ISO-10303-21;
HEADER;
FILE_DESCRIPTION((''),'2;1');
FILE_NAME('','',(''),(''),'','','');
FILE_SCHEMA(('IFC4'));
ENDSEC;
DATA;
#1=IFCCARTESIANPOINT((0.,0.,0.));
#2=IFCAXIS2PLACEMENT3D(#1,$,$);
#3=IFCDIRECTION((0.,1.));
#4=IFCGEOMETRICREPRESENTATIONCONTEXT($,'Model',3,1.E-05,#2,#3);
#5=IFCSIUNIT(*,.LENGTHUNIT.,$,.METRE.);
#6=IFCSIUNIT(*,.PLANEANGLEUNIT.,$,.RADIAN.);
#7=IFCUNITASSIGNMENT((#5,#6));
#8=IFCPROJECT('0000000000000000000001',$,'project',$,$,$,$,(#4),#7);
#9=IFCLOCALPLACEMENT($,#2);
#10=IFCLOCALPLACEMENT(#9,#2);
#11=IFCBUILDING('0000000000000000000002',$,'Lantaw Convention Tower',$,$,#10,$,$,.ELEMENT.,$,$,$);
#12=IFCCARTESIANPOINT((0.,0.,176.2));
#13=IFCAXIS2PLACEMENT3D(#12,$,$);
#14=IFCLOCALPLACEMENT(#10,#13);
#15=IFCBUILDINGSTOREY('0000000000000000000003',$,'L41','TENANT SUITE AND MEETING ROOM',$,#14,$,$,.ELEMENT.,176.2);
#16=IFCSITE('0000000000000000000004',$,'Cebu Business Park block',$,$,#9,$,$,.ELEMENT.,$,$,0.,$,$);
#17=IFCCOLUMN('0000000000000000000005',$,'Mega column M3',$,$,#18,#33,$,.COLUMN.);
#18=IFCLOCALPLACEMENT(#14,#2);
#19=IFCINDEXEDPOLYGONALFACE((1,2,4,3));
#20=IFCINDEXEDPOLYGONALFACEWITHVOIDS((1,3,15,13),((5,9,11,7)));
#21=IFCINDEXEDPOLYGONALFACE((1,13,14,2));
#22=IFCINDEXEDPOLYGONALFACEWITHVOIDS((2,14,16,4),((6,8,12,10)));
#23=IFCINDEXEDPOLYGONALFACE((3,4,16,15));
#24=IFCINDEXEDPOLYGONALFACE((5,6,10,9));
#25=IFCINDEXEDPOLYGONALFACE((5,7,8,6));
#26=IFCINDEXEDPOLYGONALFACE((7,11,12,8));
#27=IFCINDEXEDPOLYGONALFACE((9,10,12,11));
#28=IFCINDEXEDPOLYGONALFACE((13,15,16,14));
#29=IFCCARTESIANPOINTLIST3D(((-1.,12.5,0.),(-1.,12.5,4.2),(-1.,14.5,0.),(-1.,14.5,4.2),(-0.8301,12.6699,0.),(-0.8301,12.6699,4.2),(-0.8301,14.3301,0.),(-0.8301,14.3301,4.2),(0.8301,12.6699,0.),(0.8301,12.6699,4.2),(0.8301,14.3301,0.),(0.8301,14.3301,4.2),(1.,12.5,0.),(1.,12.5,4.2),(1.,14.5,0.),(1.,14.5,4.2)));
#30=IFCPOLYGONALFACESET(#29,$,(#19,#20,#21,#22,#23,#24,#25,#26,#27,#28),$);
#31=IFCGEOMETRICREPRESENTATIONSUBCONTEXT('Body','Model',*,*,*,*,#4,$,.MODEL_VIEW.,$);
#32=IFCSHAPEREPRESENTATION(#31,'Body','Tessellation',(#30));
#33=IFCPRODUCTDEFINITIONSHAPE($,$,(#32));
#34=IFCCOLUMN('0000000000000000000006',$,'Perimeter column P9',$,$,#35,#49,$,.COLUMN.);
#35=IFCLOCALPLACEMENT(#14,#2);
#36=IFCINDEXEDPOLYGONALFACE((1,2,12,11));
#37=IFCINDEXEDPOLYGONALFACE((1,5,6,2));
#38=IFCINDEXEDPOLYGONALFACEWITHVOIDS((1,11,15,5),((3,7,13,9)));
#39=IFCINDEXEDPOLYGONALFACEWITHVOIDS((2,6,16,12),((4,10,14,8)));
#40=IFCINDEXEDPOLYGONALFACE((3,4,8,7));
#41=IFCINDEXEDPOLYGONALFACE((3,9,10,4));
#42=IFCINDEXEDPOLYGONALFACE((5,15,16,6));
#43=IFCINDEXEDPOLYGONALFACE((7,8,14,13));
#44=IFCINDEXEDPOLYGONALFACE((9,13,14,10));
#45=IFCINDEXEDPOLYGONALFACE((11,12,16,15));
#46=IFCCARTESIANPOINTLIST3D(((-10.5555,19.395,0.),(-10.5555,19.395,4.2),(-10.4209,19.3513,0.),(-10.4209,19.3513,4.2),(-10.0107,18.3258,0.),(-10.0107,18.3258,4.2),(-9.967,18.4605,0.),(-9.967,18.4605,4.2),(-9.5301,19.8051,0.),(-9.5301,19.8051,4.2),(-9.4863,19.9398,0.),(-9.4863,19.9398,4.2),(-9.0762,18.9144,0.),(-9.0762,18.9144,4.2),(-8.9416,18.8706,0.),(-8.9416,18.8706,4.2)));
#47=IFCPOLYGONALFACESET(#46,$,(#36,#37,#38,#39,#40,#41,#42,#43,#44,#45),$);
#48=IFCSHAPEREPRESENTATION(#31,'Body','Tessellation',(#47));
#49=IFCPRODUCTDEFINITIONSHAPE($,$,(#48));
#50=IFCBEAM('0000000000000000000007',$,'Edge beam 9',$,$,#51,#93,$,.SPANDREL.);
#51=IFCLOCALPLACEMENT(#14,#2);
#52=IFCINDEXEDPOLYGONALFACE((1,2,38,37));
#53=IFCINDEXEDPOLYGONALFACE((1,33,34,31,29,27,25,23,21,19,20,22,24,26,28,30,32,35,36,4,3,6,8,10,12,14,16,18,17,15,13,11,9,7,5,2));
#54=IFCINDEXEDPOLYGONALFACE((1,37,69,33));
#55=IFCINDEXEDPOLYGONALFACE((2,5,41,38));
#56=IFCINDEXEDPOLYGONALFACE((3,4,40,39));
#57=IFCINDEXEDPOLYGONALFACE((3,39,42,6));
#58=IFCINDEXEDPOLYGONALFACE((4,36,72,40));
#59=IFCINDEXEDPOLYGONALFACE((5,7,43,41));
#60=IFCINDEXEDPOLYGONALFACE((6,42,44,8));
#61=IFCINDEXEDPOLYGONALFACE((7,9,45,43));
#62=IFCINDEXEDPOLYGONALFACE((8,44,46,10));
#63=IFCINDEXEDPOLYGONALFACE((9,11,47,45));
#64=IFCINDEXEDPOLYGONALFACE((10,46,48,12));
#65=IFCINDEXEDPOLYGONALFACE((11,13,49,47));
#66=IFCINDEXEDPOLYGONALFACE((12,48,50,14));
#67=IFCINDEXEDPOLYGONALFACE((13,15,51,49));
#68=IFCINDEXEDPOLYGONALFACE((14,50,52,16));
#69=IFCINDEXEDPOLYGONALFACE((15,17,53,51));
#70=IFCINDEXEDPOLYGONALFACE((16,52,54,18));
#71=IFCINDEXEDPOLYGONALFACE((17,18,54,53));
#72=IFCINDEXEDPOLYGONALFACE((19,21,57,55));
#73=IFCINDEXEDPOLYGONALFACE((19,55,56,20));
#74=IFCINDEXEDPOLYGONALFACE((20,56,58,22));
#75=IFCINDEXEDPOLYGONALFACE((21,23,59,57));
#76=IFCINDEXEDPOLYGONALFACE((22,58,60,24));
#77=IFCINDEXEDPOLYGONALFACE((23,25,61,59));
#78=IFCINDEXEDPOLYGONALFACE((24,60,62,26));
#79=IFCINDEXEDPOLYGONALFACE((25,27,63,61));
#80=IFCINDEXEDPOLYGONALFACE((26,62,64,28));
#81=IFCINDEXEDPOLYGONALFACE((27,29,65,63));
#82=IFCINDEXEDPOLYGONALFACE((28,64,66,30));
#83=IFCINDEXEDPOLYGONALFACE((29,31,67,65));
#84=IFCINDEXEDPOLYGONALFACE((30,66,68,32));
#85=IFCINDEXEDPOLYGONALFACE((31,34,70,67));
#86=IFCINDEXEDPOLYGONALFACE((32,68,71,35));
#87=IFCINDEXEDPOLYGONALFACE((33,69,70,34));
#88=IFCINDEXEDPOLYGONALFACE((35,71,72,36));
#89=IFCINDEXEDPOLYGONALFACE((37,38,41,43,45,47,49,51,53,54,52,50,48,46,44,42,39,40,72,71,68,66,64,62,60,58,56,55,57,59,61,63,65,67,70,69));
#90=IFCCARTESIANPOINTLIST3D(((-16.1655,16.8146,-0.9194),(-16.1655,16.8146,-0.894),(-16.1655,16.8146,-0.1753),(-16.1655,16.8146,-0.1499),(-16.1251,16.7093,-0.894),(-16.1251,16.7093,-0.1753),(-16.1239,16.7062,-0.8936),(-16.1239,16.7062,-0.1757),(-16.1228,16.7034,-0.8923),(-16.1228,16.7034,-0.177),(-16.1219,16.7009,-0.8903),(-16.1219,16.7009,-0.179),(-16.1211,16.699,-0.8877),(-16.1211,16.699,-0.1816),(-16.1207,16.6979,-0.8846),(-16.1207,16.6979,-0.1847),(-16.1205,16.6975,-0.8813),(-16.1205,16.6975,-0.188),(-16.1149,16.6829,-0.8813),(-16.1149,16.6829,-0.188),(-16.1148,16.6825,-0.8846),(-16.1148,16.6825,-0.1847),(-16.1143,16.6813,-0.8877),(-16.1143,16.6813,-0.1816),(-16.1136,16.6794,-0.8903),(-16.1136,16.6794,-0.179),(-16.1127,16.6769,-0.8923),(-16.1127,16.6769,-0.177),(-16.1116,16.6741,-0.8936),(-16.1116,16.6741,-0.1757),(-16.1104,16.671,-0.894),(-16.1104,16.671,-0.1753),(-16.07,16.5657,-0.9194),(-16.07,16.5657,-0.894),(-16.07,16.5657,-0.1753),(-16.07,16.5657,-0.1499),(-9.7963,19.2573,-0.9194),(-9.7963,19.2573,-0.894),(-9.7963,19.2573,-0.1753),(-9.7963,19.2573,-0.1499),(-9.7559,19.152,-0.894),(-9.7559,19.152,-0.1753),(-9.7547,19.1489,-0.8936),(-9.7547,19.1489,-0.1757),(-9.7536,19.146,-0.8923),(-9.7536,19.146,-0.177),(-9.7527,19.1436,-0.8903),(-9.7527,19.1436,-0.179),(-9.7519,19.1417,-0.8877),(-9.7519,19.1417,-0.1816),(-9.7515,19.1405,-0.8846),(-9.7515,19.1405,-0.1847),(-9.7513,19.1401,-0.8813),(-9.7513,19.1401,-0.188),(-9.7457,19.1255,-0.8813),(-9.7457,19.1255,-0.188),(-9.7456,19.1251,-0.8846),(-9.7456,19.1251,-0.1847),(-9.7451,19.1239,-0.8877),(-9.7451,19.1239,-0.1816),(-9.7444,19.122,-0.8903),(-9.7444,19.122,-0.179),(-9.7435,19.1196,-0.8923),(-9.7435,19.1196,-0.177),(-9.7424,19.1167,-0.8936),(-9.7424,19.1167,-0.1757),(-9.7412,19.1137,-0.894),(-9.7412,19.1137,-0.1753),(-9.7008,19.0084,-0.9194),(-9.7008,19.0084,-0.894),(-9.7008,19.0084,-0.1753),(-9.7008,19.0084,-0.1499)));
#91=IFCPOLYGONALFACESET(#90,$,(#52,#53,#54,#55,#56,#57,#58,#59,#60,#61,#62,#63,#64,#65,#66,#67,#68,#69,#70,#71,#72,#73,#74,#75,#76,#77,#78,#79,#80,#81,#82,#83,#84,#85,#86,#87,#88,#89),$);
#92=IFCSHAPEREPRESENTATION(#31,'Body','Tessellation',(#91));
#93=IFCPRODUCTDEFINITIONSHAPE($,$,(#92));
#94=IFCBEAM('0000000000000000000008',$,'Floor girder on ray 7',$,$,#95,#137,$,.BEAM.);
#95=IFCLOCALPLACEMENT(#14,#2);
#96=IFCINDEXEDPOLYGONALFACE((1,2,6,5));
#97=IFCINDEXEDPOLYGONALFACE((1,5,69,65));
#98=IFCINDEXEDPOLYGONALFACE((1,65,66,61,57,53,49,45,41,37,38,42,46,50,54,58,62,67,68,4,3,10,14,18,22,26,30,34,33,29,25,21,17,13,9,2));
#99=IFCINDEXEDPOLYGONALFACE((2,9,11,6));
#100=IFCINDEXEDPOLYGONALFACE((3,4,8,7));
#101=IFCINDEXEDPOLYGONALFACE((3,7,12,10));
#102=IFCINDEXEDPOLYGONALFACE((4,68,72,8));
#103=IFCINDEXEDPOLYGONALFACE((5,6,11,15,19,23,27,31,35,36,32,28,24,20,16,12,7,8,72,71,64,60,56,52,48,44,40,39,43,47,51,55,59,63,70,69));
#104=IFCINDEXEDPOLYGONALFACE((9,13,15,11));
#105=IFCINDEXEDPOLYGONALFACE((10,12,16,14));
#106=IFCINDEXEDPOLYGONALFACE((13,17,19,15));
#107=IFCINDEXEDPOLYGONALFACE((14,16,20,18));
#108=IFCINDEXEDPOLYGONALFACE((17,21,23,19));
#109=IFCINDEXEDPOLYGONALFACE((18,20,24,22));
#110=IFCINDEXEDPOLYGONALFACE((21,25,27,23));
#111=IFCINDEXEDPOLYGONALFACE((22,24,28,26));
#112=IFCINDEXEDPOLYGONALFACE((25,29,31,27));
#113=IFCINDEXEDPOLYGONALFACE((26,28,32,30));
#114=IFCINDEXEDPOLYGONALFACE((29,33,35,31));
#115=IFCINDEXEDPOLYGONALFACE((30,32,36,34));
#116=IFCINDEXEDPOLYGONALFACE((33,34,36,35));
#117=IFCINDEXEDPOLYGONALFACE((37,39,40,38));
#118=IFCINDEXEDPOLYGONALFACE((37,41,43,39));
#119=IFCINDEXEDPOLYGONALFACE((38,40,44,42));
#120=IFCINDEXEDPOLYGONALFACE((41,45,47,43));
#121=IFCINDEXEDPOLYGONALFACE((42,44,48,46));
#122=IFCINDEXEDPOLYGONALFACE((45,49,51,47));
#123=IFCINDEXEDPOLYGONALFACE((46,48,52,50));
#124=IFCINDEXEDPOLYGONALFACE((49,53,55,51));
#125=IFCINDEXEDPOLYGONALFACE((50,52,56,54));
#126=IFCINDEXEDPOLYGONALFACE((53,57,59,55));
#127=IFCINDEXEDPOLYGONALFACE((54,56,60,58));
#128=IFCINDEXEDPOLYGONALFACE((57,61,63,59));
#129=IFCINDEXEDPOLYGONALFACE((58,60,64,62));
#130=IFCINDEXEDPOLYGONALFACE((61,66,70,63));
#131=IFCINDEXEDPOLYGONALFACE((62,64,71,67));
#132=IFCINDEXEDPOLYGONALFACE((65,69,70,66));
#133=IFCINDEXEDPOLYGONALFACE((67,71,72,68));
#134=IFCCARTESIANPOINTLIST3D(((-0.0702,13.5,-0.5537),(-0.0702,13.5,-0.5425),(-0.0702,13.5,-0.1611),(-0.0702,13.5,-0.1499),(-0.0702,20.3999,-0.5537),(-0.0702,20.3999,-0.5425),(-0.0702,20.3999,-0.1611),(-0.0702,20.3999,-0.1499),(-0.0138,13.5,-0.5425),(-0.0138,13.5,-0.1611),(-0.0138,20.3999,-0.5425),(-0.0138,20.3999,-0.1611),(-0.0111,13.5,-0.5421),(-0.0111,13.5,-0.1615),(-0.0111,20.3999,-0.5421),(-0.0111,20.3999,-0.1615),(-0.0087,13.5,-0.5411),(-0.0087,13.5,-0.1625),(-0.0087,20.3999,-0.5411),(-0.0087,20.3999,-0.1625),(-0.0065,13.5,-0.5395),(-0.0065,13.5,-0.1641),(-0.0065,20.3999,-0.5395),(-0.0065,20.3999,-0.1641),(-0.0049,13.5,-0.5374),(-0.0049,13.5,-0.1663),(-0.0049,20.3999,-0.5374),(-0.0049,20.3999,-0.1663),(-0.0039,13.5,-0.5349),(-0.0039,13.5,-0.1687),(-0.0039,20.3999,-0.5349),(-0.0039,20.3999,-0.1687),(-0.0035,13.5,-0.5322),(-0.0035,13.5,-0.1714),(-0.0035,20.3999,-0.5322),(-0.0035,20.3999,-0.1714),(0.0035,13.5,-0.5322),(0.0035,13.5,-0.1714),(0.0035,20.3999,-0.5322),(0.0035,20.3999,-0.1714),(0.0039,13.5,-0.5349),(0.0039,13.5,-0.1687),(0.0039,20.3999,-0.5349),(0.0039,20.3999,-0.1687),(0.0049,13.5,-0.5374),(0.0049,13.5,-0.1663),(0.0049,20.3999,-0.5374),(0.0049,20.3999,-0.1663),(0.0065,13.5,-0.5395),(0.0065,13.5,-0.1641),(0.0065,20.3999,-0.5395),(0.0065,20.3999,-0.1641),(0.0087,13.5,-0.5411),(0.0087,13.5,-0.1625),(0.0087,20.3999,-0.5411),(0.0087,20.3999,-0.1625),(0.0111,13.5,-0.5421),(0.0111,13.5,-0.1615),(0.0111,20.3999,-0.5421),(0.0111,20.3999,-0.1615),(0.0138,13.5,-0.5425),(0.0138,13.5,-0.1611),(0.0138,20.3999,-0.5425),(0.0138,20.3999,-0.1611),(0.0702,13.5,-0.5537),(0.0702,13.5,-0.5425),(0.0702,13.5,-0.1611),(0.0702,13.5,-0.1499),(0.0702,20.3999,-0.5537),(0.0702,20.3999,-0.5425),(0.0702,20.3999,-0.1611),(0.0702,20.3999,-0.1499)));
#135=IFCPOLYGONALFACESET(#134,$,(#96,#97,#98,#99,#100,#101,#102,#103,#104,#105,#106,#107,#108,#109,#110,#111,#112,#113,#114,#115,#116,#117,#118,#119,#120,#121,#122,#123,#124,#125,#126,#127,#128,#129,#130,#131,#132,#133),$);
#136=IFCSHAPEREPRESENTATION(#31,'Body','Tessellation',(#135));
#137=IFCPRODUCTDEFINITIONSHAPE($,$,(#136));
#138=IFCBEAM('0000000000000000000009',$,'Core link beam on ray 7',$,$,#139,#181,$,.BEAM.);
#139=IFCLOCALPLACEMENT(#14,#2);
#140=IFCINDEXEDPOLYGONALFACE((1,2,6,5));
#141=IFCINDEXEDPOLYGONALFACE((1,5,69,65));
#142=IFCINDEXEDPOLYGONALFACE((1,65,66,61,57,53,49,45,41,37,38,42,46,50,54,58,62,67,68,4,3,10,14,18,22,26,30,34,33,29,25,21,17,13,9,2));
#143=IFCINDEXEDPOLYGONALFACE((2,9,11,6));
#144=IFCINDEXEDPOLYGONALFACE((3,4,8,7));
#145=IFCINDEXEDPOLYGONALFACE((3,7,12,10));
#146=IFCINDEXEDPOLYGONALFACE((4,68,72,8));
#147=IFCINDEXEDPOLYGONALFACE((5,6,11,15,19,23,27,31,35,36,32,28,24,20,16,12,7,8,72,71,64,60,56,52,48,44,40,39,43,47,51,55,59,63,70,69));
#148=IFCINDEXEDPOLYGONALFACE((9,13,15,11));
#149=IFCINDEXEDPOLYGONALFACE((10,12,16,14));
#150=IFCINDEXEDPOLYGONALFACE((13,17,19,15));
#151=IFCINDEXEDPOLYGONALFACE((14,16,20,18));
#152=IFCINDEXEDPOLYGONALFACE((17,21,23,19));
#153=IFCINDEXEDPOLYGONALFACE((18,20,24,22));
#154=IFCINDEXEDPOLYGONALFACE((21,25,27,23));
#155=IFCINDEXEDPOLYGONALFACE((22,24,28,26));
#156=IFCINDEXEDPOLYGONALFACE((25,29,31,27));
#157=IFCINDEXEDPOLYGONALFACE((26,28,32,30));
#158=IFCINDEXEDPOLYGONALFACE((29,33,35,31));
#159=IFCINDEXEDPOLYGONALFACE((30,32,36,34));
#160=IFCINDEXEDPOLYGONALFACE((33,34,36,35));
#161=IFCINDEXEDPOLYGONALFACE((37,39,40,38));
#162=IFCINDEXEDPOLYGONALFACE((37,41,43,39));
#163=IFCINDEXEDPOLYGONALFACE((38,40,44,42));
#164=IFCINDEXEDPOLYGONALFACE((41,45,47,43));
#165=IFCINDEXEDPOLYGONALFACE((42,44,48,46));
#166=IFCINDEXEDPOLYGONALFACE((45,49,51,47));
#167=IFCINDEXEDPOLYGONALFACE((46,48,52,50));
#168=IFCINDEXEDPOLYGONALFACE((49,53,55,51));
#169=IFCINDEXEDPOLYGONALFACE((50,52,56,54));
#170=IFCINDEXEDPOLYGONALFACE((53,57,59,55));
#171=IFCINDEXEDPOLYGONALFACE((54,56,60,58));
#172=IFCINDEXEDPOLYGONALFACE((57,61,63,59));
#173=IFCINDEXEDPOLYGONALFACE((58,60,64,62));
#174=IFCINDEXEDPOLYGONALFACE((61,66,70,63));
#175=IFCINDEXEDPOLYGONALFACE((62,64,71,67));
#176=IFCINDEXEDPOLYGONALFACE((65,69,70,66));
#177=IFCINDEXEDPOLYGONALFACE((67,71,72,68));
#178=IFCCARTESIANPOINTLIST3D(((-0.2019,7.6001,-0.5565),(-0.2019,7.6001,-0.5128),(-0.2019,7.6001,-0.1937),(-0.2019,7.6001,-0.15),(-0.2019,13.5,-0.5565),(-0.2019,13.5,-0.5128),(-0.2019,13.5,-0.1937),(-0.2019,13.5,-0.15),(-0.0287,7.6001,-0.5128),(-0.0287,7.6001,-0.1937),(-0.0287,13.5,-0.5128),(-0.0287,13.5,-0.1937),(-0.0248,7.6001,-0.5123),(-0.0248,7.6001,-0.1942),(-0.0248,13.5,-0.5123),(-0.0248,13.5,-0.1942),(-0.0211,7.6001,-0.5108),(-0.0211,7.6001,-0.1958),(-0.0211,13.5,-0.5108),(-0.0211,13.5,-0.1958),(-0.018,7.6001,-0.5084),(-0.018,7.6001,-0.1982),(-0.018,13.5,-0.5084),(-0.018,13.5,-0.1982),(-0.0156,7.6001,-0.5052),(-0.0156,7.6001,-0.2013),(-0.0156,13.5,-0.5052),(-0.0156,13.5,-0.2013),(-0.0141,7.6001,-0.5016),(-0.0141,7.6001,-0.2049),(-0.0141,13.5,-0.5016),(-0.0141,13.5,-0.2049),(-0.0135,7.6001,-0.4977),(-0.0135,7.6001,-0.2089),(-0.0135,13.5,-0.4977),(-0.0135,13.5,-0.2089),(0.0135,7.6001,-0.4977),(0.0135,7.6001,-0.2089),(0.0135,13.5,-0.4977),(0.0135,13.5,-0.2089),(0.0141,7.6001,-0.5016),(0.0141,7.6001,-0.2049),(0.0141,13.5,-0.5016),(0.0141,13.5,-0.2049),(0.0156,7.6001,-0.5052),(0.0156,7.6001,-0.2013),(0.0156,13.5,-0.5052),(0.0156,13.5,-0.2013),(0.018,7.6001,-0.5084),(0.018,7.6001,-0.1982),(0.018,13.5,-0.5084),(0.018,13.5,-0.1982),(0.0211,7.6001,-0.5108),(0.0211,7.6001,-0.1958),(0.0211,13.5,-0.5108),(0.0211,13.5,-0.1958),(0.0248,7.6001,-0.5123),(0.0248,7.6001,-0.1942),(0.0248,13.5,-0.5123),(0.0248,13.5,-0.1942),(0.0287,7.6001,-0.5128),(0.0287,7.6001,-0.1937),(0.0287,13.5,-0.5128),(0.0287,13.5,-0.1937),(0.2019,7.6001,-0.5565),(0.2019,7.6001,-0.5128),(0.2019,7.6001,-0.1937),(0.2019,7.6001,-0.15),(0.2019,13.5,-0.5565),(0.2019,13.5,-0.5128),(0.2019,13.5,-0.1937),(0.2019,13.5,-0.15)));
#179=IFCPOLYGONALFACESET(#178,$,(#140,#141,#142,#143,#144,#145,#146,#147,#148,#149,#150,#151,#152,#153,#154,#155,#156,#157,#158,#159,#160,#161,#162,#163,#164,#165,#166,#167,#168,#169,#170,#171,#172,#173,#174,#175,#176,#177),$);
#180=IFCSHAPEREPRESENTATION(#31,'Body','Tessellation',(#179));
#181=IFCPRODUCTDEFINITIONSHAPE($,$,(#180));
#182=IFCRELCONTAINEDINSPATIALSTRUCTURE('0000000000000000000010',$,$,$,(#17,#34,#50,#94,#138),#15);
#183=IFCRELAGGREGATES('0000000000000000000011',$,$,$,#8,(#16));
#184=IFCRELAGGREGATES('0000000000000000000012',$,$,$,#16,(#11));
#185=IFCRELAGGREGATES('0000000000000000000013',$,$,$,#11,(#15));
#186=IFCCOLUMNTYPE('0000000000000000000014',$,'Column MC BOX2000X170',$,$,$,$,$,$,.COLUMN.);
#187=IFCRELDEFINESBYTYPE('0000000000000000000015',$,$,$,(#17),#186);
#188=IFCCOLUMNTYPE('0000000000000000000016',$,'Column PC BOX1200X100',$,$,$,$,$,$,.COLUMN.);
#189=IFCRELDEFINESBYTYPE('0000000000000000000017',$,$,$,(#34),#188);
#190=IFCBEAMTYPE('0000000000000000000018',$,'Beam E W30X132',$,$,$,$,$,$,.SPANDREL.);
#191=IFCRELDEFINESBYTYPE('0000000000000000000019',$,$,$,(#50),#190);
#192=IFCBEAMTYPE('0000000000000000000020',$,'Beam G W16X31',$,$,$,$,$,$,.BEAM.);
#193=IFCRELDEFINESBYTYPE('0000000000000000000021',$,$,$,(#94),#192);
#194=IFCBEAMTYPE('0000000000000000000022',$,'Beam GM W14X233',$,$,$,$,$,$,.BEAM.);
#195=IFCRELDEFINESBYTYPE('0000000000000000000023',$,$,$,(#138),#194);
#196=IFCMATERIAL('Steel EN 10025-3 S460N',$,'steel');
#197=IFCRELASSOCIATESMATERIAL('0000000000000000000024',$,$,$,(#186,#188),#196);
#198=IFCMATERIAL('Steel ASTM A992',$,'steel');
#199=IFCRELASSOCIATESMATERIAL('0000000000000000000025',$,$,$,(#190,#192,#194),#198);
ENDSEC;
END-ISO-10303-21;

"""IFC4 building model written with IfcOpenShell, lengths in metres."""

from ifc_helpers import new_model, si_unit, direction, frame, origin, origin_2d, place, context, subcontext, project, spatial, rectangle, hollow_rectangle, i_section, extrude, material, material_profile, profile_set, type_object, element, save


model = new_model("IFC4")

# Units and contexts
model_context = context("Model", 3, precision=1e-05, world=origin(), true_north=direction((0.0, 1.0)))
body_context = subcontext(model_context, "Body", "Model", "MODEL_VIEW")
ifc_project = project(units=[si_unit("LENGTHUNIT", "METRE"), si_unit("PLANEANGLEUNIT", "RADIAN")], contexts=[model_context])

# Site, building, storey
site_placement = place(None, origin())
site = spatial("IfcSite", under=ifc_project, at=site_placement, Name="Cebu Business Park block", CompositionType="ELEMENT", RefElevation=0.0)
building_placement = place(site_placement, origin())
building = spatial("IfcBuilding", under=site, at=building_placement, Name="Lantaw Convention Tower", CompositionType="ELEMENT")
storey_placement = place(building_placement, frame((0.0, 0.0, 176.2)))
storey = spatial("IfcBuildingStorey", under=building, at=storey_placement, Name="L41", Description="TENANT SUITE AND MEETING ROOM", CompositionType="ELEMENT", Elevation=176.2)

# Columns
ifc_material_1 = material(Name="Steel EN 10025-3 S460N", Category="steel")
ifc_material_profile_1 = material_profile(ifc_material_1, hollow_rectangle(XDim=2.0, YDim=2.0, WallThickness=0.1699, at=origin_2d()), Name="BOX2000X170")
ifc_material_2 = material(Name="Concrete C60/75", Category="concrete")
ifc_material_profile_2 = material_profile(ifc_material_2, rectangle(XDim=1.6599, YDim=1.6599, at=origin_2d()), Name="Concrete fill of BOX2000X170")
ifc_profile_set_1 = profile_set([ifc_material_profile_1, ifc_material_profile_2], Name="Steel EN 10025-3 S460N")
column_type_1 = type_object("IfcColumnType", Name="Column MC BOX2000X170", PredefinedType="COLUMN", material=ifc_profile_set_1)
column_1_placement = place(storey_placement, frame((0.0, 13.5, 0.0), z_axis=(0.0, 0.0, 1.0), x_axis=(1.0, 0.0, 0.0)))
element("IfcColumn", 1, at=column_1_placement, inside=storey, type_object=column_type_1, Name="Mega column M3", PredefinedType="COLUMN", context=body_context, shape_type="SweptSolid", body=[
    extrude(hollow_rectangle(XDim=2.0, YDim=2.0, WallThickness=0.1699, at=origin_2d()), origin(), (0.0, 0.0, 1.0), 4.2),
])
ifc_material_profile_3 = material_profile(ifc_material_1, hollow_rectangle(XDim=1.2, YDim=1.2, WallThickness=0.1001, at=origin_2d()), Name="BOX1200X100")
ifc_material_profile_4 = material_profile(ifc_material_2, rectangle(XDim=1.0, YDim=1.0, at=origin_2d()), Name="Concrete fill of BOX1200X100")
ifc_profile_set_2 = profile_set([ifc_material_profile_3, ifc_material_profile_4], Name="Steel EN 10025-3 S460N")
column_type_2 = type_object("IfcColumnType", Name="Column PC BOX1200X100", PredefinedType="COLUMN", material=ifc_profile_set_2)
column_2_placement = place(storey_placement, frame((-9.7485, 19.1328, 0.0), z_axis=(0.0, 0.0, 1.0), x_axis=(0.891007, 0.45399, 0.0)))
element("IfcColumn", 2, at=column_2_placement, inside=storey, type_object=column_type_2, Name="Perimeter column P9", PredefinedType="COLUMN", context=body_context, shape_type="SweptSolid", body=[
    extrude(hollow_rectangle(XDim=1.2, YDim=1.2, WallThickness=0.1001, at=origin_2d()), origin(), (0.0, 0.0, 1.0), 4.2),
])

# Beams
ifc_material_3 = material(Name="Steel ASTM A992", Category="steel")
ifc_material_profile_5 = material_profile(ifc_material_3, i_section(OverallWidth=0.2666, OverallDepth=0.7695, WebThickness=0.0156, FlangeThickness=0.0254, FilletRadius=0.0127, at=origin_2d()), Name="W30X132")
ifc_profile_set_3 = profile_set([ifc_material_profile_5], Name="Steel ASTM A992")
beam_type_1 = type_object("IfcBeamType", Name="Beam E W30X132", PredefinedType="SPANDREL", material=ifc_profile_set_3)
beam_1_placement = place(storey_placement, frame((-9.7485, 19.1328, -0.5347), z_axis=(-0.933691, -0.35808, 0.0), x_axis=(0.35808, -0.933691, 0.0)))
element("IfcBeam", 3, at=beam_1_placement, inside=storey, type_object=beam_type_1, Name="Edge beam 9", PredefinedType="SPANDREL", context=body_context, shape_type="SweptSolid", body=[
    extrude(i_section(OverallWidth=0.2666, OverallDepth=0.7695, WebThickness=0.0156, FlangeThickness=0.0254, FilletRadius=0.0127, at=origin_2d()), origin(), (0.0, 0.0, 1.0), 6.8215),
])
ifc_material_profile_6 = material_profile(ifc_material_3, i_section(OverallWidth=0.1404, OverallDepth=0.4038, WebThickness=0.0071, FlangeThickness=0.0112, FilletRadius=0.0103, at=origin_2d()), Name="W16X31")
ifc_profile_set_4 = profile_set([ifc_material_profile_6], Name="Steel ASTM A992")
beam_type_2 = type_object("IfcBeamType", Name="Beam G W16X31", PredefinedType="BEAM", material=ifc_profile_set_4)
beam_2_placement = place(storey_placement, frame((0.0, 13.5, -0.3518), z_axis=(0.0, 1.0, 0.0), x_axis=(-1.0, 0.0, 0.0)))
element("IfcBeam", 4, at=beam_2_placement, inside=storey, type_object=beam_type_2, Name="Floor girder on ray 7", PredefinedType="BEAM", context=body_context, shape_type="SweptSolid", body=[
    extrude(i_section(OverallWidth=0.1404, OverallDepth=0.4038, WebThickness=0.0071, FlangeThickness=0.0112, FilletRadius=0.0103, at=origin_2d()), origin(), (0.0, 0.0, 1.0), 6.8999),
])
ifc_material_profile_7 = material_profile(ifc_material_3, i_section(OverallWidth=0.4038, OverallDepth=0.4065, WebThickness=0.0271, FlangeThickness=0.0437, FilletRadius=0.0151, at=origin_2d()), Name="W14X233")
ifc_profile_set_5 = profile_set([ifc_material_profile_7], Name="Steel ASTM A992")
beam_type_3 = type_object("IfcBeamType", Name="Beam GM W14X233", PredefinedType="BEAM", material=ifc_profile_set_5)
beam_3_placement = place(storey_placement, frame((0.0, 7.6001, -0.3533), z_axis=(0.0, 1.0, 0.0), x_axis=(-1.0, 0.0, 0.0)))
element("IfcBeam", 5, at=beam_3_placement, inside=storey, type_object=beam_type_3, Name="Core link beam on ray 7", PredefinedType="BEAM", context=body_context, shape_type="SweptSolid", body=[
    extrude(i_section(OverallWidth=0.4038, OverallDepth=0.4065, WebThickness=0.0271, FlangeThickness=0.0437, FilletRadius=0.0151, at=origin_2d()), origin(), (0.0, 0.0, 1.0), 5.8999),
])

save(model, "model.ifc")
